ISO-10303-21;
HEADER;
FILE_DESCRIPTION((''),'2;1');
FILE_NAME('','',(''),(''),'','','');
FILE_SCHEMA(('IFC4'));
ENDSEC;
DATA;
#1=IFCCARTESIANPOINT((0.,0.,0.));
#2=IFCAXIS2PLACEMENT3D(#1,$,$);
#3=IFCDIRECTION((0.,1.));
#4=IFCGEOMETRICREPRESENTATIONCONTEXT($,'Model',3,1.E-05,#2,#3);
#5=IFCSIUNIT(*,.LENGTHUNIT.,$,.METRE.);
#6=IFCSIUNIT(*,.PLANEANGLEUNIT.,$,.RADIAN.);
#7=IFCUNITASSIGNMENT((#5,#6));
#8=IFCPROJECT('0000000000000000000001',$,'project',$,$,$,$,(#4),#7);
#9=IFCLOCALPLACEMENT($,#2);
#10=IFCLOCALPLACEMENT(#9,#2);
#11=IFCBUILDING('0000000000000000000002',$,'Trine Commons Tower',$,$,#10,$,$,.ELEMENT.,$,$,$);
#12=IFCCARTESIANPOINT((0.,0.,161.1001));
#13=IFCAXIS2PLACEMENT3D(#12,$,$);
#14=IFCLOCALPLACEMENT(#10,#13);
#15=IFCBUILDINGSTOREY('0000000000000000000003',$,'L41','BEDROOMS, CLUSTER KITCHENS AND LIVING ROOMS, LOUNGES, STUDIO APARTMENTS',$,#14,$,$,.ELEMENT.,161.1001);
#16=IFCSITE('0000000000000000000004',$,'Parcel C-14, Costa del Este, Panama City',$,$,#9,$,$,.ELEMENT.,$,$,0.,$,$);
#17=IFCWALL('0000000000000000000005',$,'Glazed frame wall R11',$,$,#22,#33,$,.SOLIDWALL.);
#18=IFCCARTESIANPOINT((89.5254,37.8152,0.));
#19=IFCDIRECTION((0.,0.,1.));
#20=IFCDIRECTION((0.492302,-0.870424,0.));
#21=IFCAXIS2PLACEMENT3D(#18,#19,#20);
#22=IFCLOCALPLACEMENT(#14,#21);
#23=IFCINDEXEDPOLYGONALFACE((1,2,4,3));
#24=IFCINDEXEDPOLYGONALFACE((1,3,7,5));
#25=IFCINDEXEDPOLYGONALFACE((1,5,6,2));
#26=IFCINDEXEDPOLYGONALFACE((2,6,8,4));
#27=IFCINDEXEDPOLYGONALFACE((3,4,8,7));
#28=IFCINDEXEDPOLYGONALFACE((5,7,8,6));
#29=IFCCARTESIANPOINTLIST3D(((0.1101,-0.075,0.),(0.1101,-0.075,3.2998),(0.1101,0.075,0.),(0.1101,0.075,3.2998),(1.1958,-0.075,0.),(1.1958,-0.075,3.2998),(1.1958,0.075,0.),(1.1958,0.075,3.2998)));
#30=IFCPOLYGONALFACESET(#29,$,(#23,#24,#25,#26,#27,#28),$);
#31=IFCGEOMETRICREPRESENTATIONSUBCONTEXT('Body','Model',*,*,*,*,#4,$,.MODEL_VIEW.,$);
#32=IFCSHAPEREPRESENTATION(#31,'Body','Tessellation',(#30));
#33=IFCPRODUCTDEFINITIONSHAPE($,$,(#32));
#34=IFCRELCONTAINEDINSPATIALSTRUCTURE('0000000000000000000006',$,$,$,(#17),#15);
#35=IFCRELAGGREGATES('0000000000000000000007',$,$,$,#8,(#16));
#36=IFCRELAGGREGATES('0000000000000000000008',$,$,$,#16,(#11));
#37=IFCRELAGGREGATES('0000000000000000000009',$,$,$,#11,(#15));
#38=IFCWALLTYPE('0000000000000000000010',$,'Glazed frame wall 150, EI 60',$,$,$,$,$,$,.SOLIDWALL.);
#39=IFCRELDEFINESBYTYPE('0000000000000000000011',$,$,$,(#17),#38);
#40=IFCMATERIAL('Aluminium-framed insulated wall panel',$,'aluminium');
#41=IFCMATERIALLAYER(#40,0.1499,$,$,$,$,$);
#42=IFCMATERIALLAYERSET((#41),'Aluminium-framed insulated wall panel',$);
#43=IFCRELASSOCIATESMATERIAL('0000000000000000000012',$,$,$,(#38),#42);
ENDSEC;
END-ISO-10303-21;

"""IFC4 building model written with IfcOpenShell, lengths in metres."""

from ifc_helpers import new_model, si_unit, direction, frame, origin, place, context, subcontext, project, spatial, polyline, outline, extrude, material, layer, layer_set, type_object, element, save


model = new_model("IFC4")

# Units and contexts
model_context = context("Model", 3, precision=1e-05, world=origin(), true_north=direction((0.0, 1.0)))
body_context = subcontext(model_context, "Body", "Model", "MODEL_VIEW")
ifc_project = project(units=[si_unit("LENGTHUNIT", "METRE"), si_unit("PLANEANGLEUNIT", "RADIAN")], contexts=[model_context])

# Site, building, storey
site_placement = place(None, origin())
site = spatial("IfcSite", under=ifc_project, at=site_placement, Name="Parcel C-14, Costa del Este, Panama City", CompositionType="ELEMENT", RefElevation=0.0)
building_placement = place(site_placement, origin())
building = spatial("IfcBuilding", under=site, at=building_placement, Name="Trine Commons Tower", CompositionType="ELEMENT")
storey_placement = place(building_placement, frame((0.0, 0.0, 161.1001)))
storey = spatial("IfcBuildingStorey", under=building, at=storey_placement, Name="L41", Description="BEDROOMS, CLUSTER KITCHENS AND LIVING ROOMS, LOUNGES, STUDIO APARTMENTS", CompositionType="ELEMENT", Elevation=161.1001)

# Wall
ifc_material_1 = material(Name="Aluminium-framed insulated wall panel", Category="aluminium")
ifc_layer_1 = layer(ifc_material_1, 0.1499)
ifc_layer_set_1 = layer_set([ifc_layer_1], Name="Aluminium-framed insulated wall panel")
wall_type_1 = type_object("IfcWallType", Name="Glazed frame wall 150, EI 60", PredefinedType="SOLIDWALL", material=ifc_layer_set_1)
wall_1_placement = place(storey_placement, frame((89.5254, 37.8152, 0.0), z_axis=(0.0, 0.0, 1.0), x_axis=(0.492302, -0.870424, 0.0)))
element("IfcWall", 1, at=wall_1_placement, inside=storey, type_object=wall_type_1, Name="Glazed frame wall R11", PredefinedType="SOLIDWALL", context=body_context, shape_type="SweptSolid", body=[
    extrude(outline(polyline([(0.1101, 0.075), (0.1101, -0.075), (1.1958, -0.075), (1.1958, 0.075), (0.1101, 0.075)])), origin(), (0.0, 0.0, 1.0), 3.2998),
])

save(model, "model.ifc")
